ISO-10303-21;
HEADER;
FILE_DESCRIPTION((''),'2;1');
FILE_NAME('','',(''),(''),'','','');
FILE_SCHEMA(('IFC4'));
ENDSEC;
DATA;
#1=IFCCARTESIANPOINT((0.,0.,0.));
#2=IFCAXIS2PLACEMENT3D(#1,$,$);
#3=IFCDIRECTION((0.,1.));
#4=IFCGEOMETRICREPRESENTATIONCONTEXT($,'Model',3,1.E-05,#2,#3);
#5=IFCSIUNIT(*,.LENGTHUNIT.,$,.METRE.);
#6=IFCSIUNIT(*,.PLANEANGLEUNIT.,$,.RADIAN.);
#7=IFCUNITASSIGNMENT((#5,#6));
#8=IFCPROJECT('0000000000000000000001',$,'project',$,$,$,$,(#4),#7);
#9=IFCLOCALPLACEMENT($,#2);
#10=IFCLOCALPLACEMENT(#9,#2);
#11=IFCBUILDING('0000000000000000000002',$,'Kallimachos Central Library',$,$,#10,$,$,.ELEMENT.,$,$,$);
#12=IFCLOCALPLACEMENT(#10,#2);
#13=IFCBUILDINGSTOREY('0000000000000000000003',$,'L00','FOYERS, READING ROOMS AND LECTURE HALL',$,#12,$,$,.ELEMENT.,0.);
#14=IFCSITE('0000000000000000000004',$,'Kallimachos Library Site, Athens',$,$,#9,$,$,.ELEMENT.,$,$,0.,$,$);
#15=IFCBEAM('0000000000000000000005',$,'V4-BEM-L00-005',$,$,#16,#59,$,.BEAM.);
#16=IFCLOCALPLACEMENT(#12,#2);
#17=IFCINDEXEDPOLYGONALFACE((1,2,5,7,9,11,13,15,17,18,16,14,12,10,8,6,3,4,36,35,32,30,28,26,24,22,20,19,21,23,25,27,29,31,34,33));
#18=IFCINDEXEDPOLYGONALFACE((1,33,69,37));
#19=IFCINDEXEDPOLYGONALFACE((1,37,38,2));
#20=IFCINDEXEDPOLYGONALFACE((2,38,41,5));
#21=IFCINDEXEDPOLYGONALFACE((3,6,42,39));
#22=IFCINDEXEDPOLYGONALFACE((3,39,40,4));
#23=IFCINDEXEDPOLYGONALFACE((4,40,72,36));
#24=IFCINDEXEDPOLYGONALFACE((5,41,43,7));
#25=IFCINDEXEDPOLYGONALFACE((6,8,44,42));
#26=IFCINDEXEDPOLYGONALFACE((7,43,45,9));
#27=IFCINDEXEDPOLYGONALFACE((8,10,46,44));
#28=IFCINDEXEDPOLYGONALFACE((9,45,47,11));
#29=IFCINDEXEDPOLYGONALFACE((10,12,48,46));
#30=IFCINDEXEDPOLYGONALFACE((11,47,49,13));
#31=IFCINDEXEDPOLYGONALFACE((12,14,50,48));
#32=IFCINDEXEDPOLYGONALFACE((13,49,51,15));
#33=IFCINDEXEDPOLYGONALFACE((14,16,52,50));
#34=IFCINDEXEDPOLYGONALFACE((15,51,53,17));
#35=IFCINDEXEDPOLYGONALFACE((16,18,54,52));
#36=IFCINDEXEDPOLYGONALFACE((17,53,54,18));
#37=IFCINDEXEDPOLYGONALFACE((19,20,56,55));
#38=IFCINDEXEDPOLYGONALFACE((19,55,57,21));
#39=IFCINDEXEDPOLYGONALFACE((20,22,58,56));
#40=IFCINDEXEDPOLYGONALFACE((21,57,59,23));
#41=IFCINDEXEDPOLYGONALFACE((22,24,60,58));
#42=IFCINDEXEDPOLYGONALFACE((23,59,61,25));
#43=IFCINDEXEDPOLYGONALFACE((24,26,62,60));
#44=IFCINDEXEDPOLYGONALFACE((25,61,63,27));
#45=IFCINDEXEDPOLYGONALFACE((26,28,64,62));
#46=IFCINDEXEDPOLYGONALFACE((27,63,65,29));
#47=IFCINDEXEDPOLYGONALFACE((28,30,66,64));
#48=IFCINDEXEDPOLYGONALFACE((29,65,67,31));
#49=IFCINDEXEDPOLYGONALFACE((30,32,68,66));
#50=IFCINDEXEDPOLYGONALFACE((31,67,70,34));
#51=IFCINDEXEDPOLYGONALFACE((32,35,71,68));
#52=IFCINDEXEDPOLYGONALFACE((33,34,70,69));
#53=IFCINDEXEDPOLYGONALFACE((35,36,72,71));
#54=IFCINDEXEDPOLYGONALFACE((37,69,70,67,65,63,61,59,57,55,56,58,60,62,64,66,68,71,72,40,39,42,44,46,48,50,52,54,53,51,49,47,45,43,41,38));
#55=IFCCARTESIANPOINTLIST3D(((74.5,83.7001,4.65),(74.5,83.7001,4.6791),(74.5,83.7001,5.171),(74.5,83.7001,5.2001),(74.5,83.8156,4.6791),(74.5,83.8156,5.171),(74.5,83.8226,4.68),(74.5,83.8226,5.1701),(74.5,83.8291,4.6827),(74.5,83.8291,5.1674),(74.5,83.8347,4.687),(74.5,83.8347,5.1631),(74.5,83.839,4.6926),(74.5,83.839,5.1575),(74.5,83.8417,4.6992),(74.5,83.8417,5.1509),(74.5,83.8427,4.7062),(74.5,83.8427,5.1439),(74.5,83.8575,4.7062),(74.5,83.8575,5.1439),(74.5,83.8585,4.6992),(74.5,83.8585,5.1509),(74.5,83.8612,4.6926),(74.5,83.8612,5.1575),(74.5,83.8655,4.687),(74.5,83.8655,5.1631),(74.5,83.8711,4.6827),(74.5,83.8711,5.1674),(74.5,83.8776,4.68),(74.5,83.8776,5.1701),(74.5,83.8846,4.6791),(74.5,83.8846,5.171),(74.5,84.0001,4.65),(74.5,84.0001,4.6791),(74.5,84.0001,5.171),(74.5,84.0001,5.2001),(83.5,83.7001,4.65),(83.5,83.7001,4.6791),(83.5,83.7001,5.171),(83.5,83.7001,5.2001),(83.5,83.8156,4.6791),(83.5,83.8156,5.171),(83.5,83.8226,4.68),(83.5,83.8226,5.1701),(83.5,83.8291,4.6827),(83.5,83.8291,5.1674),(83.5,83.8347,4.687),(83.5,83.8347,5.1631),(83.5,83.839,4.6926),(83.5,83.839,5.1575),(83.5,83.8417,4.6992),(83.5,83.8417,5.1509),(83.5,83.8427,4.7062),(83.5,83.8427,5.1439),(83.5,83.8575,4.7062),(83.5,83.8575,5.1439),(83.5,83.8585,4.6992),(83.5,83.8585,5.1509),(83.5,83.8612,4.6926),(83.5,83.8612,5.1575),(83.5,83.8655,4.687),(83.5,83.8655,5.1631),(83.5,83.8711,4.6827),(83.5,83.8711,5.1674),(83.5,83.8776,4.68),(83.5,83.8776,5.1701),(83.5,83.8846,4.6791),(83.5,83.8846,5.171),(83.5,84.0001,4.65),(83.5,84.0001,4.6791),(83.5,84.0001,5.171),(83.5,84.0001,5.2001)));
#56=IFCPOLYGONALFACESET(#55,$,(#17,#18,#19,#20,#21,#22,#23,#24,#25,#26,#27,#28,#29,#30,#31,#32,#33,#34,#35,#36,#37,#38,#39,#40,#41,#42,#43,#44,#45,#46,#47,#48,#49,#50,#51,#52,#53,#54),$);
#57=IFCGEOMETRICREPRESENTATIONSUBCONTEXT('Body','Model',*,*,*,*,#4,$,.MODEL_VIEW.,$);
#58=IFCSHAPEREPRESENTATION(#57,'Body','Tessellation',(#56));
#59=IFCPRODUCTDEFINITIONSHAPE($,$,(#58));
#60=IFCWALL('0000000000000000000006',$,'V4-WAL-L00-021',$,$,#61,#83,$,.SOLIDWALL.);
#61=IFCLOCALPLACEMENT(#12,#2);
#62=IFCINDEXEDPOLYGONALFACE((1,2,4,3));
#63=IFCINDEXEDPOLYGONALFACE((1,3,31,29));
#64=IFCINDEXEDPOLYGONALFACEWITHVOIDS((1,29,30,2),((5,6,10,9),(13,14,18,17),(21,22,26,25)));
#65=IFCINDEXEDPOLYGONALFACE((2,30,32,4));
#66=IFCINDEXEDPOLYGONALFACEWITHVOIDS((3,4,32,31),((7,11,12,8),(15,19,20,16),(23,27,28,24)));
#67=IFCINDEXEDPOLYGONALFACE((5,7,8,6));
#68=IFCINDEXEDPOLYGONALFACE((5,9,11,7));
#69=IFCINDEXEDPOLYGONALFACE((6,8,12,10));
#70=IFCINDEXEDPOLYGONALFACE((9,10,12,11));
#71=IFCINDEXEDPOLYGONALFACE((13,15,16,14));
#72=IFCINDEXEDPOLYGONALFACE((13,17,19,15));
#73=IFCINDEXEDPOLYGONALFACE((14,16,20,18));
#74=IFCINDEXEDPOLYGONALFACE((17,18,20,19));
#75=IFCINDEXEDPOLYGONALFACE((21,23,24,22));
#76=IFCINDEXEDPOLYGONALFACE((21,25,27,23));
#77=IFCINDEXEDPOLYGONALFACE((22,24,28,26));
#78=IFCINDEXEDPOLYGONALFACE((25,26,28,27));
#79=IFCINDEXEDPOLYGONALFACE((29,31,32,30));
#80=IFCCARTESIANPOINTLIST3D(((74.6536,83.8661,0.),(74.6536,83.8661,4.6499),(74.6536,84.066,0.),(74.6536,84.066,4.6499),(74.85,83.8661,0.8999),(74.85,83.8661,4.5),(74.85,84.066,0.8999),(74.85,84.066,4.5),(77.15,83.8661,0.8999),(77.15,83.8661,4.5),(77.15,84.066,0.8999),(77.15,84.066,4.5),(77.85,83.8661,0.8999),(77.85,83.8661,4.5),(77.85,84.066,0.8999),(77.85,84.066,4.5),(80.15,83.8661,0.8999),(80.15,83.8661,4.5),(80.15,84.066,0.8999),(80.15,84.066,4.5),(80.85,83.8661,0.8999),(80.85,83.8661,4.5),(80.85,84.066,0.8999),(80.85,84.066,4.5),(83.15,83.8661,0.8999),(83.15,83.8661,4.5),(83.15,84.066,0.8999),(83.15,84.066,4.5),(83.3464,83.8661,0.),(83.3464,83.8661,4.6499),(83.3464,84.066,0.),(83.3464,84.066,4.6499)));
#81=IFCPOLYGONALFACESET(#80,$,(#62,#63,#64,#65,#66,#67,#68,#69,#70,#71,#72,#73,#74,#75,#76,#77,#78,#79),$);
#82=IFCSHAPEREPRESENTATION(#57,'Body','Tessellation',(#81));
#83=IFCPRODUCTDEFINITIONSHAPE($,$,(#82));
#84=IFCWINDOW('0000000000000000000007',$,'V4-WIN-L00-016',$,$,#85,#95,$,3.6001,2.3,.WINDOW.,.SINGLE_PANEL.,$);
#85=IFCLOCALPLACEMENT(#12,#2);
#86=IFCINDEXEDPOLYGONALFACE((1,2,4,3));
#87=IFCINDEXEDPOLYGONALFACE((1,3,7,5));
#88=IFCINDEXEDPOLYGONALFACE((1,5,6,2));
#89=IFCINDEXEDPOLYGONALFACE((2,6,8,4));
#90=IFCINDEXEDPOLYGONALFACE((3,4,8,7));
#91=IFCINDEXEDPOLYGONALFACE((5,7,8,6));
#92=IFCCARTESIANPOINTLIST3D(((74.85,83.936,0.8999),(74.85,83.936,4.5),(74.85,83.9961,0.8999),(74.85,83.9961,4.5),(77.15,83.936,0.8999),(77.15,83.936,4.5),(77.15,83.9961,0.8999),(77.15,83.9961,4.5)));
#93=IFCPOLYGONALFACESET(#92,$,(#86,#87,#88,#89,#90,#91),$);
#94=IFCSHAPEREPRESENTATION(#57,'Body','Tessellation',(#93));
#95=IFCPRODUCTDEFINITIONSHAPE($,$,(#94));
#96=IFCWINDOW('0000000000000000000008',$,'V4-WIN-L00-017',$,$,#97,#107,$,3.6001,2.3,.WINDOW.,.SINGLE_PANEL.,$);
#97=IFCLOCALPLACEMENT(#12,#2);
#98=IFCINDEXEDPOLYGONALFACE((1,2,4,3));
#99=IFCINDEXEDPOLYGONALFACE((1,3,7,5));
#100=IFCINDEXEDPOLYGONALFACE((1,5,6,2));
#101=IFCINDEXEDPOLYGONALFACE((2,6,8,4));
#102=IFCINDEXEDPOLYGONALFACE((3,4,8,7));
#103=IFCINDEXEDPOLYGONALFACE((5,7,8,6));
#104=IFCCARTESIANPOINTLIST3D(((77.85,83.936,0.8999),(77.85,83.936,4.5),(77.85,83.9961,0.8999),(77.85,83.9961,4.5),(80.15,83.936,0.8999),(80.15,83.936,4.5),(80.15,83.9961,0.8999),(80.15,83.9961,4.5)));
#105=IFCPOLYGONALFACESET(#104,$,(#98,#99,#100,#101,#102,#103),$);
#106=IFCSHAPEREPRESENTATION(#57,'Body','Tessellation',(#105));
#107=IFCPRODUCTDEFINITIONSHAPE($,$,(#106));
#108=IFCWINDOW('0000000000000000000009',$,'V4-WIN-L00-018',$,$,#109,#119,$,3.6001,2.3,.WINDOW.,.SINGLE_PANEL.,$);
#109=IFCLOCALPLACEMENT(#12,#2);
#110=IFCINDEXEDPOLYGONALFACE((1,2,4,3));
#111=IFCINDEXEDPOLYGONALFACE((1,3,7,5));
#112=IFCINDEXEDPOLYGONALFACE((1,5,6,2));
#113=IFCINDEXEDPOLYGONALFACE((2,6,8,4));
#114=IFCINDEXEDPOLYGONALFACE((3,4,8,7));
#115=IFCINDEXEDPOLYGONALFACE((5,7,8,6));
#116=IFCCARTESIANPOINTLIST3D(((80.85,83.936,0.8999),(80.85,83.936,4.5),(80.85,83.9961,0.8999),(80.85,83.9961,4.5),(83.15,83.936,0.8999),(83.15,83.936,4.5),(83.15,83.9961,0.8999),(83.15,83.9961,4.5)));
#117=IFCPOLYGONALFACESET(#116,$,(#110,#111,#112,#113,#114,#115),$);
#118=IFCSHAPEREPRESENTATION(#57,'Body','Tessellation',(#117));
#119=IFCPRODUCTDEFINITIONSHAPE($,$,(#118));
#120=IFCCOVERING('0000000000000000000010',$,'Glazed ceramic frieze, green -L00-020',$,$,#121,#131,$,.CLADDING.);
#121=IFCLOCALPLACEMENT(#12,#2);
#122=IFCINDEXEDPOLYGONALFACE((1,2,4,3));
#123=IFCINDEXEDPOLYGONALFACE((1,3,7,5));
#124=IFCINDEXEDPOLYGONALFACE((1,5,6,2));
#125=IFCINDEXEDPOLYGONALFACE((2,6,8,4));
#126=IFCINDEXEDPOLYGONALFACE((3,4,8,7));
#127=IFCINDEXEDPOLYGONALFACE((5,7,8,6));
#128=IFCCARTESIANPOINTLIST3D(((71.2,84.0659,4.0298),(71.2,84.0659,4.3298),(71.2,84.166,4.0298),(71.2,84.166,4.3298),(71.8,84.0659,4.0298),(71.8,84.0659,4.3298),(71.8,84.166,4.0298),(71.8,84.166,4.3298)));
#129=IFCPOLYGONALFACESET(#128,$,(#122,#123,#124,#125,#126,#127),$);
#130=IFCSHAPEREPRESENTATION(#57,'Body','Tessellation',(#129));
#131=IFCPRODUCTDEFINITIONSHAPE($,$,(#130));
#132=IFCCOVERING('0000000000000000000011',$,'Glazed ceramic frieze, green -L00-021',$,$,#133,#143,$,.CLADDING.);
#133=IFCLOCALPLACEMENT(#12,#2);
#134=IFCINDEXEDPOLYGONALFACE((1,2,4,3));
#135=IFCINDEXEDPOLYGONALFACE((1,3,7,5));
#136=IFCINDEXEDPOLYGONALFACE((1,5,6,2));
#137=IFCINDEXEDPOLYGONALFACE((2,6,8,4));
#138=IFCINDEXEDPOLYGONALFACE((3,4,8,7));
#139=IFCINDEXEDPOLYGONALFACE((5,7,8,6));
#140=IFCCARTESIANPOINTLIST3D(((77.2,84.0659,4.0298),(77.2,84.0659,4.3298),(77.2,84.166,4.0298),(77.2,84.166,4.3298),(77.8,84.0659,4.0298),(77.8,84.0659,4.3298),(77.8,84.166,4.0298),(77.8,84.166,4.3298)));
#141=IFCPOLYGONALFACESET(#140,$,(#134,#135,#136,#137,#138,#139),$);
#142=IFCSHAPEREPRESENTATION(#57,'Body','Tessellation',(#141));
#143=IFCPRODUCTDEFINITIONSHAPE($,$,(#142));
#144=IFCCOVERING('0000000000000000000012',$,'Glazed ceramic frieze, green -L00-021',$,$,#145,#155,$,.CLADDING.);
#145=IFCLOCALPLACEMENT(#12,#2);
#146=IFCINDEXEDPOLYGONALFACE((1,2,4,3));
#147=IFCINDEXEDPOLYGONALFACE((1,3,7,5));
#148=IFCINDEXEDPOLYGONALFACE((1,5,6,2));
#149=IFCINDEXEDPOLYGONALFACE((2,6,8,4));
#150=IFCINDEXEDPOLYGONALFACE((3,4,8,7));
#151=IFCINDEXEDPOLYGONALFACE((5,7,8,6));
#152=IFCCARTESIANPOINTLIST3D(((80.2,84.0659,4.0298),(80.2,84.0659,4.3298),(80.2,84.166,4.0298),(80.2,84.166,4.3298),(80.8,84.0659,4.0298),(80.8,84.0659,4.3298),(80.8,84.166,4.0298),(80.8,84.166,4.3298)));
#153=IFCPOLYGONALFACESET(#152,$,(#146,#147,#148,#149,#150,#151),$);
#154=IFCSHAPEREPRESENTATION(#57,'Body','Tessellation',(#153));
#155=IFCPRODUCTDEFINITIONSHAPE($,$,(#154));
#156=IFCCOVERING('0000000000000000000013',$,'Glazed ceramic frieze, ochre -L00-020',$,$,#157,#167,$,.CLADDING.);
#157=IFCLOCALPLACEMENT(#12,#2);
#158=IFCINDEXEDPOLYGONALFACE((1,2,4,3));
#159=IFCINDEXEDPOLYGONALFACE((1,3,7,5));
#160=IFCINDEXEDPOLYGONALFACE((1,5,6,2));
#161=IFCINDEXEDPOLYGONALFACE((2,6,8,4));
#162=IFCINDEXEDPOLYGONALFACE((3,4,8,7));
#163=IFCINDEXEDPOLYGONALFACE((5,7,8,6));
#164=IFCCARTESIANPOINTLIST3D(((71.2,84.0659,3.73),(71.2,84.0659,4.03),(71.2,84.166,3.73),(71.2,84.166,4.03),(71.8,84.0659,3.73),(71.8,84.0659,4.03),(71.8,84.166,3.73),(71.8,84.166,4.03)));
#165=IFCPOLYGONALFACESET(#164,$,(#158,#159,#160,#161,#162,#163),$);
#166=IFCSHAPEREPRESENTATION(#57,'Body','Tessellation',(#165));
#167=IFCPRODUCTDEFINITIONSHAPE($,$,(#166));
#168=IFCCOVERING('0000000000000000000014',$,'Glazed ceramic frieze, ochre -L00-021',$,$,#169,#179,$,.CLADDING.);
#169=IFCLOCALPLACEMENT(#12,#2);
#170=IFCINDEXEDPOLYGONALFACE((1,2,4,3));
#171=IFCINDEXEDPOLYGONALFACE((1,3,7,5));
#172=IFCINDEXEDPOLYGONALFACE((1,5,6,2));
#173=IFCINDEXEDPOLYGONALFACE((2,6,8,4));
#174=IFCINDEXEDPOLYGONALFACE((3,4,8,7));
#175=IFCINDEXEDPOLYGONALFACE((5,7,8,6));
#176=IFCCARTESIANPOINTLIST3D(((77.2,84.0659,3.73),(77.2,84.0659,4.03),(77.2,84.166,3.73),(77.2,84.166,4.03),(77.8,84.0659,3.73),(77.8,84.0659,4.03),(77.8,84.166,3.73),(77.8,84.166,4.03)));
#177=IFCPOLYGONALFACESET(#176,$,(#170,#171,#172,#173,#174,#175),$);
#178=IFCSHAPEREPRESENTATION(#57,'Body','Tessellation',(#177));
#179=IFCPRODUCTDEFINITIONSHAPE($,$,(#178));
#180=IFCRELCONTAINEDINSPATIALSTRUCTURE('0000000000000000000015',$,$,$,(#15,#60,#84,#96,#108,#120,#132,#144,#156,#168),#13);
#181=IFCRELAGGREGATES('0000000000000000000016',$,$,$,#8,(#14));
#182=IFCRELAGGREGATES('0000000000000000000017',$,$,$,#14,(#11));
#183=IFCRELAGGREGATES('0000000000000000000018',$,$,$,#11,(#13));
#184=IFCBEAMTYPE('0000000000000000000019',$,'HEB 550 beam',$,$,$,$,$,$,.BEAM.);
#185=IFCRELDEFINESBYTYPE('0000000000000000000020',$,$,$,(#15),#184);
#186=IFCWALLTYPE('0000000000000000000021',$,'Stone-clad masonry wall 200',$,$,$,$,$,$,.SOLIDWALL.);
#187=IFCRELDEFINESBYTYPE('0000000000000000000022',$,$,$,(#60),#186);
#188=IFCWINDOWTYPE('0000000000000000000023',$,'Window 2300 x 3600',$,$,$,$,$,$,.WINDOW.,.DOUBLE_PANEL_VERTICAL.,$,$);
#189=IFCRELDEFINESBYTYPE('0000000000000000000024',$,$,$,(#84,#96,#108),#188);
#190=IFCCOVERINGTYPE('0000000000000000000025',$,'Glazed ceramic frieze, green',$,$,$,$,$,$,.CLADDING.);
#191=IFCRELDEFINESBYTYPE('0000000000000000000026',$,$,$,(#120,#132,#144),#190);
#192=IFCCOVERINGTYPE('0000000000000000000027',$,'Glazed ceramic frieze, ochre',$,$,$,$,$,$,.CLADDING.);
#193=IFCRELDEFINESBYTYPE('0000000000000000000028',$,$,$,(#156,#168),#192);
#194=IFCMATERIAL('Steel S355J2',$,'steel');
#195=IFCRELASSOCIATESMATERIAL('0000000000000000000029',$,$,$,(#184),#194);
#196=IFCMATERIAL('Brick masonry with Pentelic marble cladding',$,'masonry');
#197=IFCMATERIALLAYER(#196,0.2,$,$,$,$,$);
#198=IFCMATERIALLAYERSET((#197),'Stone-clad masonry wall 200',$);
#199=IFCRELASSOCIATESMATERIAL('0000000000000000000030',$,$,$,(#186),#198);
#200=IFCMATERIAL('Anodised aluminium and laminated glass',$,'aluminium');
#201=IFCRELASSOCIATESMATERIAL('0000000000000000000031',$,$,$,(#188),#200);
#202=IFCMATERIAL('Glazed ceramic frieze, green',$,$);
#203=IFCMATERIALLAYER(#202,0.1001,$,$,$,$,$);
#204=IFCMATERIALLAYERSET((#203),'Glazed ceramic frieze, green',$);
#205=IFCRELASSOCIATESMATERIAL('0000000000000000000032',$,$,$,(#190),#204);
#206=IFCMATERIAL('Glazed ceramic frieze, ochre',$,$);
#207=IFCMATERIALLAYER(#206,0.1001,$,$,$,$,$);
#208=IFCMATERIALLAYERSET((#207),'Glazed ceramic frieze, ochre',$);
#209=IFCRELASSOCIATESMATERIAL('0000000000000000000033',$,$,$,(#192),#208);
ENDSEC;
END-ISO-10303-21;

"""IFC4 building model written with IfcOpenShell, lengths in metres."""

from ifc_helpers import new_model, si_unit, direction, frame, frame_2d, origin, origin_2d, place, context, subcontext, project, spatial, rectangle, i_section, extrude, material, layer, layer_set, material_profile, profile_set, type_object, element, fill, save


model = new_model("IFC4")

# Units and contexts
model_context = context("Model", 3, precision=1e-05, world=origin(), true_north=direction((0.0, 1.0)))
body_context = subcontext(model_context, "Body", "Model", "MODEL_VIEW")
ifc_project = project(units=[si_unit("LENGTHUNIT", "METRE"), si_unit("PLANEANGLEUNIT", "RADIAN")], contexts=[model_context])

# Site, building, storey
site_placement = place(None, origin())
site = spatial("IfcSite", under=ifc_project, at=site_placement, Name="Kallimachos Library Site, Athens", CompositionType="ELEMENT", RefElevation=0.0)
building_placement = place(site_placement, origin())
building = spatial("IfcBuilding", under=site, at=building_placement, Name="Kallimachos Central Library", CompositionType="ELEMENT")
storey_placement = place(building_placement, origin())
storey = spatial("IfcBuildingStorey", under=building, at=storey_placement, Name="L00", Description="FOYERS, READING ROOMS AND LECTURE HALL", CompositionType="ELEMENT", Elevation=0.0)

# Beam
ifc_material_1 = material(Name="Steel S355J2", Category="steel")
ifc_material_profile_1 = material_profile(ifc_material_1, i_section(OverallWidth=0.3, OverallDepth=0.55, WebThickness=0.0149, FlangeThickness=0.0291, FilletRadius=0.0271, at=origin_2d()), Name="HEB 550")
ifc_profile_set_1 = profile_set([ifc_material_profile_1], Name="Steel S355J2")
beam_type = type_object("IfcBeamType", Name="HEB 550 beam", PredefinedType="BEAM", material=ifc_profile_set_1)
beam_placement = place(storey_placement, frame((74.5, 83.8501, 4.925), z_axis=(1.0, 0.0, 0.0), x_axis=(0.0, 1.0, 0.0)))
element("IfcBeam", 1, at=beam_placement, inside=storey, type_object=beam_type, Name="V4-BEM-L00-005", PredefinedType="BEAM", context=body_context, shape_type="SweptSolid", body=[
    extrude(i_section(OverallWidth=0.3, OverallDepth=0.55, WebThickness=0.0149, FlangeThickness=0.0291, FilletRadius=0.0271, at=origin_2d()), origin(), (0.0, 0.0, 1.0), 9.0),
])

# Wall, openings, windows
ifc_material_2 = material(Name="Brick masonry with Pentelic marble cladding", Category="masonry")
ifc_layer_1 = layer(ifc_material_2, 0.2)
ifc_layer_set_1 = layer_set([ifc_layer_1], Name="Stone-clad masonry wall 200")
wall_type = type_object("IfcWallType", Name="Stone-clad masonry wall 200", PredefinedType="SOLIDWALL", material=ifc_layer_set_1)
wall_placement = place(storey_placement, frame((74.6536, 83.9661, 0.0), z_axis=(0.0, 0.0, 1.0), x_axis=(1.0, 0.0, 0.0)))
wall = element("IfcWall", 2, at=wall_placement, inside=storey, type_object=wall_type, Name="V4-WAL-L00-021", PredefinedType="SOLIDWALL", context=body_context, shape_type="SweptSolid", body=[
    extrude(rectangle(XDim=8.6929, YDim=0.2, at=frame_2d((4.3464, 0.0))), origin(), (0.0, 0.0, 1.0), 4.6499),
])
opening_1_placement = place(wall_placement, frame((0.1965, 0.0, 0.8999)))
opening_1 = element("IfcOpeningElement", 3, at=opening_1_placement, cuts=wall, PredefinedType="OPENING", context=body_context, shape_type="SweptSolid", body=[
    extrude(rectangle(XDim=2.3, YDim=3.6001, at=frame_2d((1.1499, 1.8))), frame((0.0, 0.1099, 0.0), z_axis=(0.0, -1.0, 0.0), x_axis=(1.0, 0.0, 0.0)), (0.0, 0.0, 1.0), 0.22),
])
opening_2_placement = place(wall_placement, frame((3.1965, 0.0, 0.8999)))
opening_2 = element("IfcOpeningElement", 4, at=opening_2_placement, cuts=wall, PredefinedType="OPENING", context=body_context, shape_type="SweptSolid", body=[
    extrude(rectangle(XDim=2.3, YDim=3.6001, at=frame_2d((1.1499, 1.8))), frame((0.0, 0.1099, 0.0), z_axis=(0.0, -1.0, 0.0), x_axis=(1.0, 0.0, 0.0)), (0.0, 0.0, 1.0), 0.22),
])
opening_3_placement = place(wall_placement, frame((6.1965, 0.0, 0.8999)))
opening_3 = element("IfcOpeningElement", 5, at=opening_3_placement, cuts=wall, PredefinedType="OPENING", context=body_context, shape_type="SweptSolid", body=[
    extrude(rectangle(XDim=2.3, YDim=3.6001, at=frame_2d((1.1499, 1.8))), frame((0.0, 0.1099, 0.0), z_axis=(0.0, -1.0, 0.0), x_axis=(1.0, 0.0, 0.0)), (0.0, 0.0, 1.0), 0.22),
])
ifc_material_3 = material(Name="Anodised aluminium and laminated glass", Category="aluminium")
window_type = type_object("IfcWindowType", Name="Window 2300 x 3600", PartitioningType="DOUBLE_PANEL_VERTICAL", PredefinedType="WINDOW", material=ifc_material_3)
window_1_placement = place(opening_1_placement, origin())
window_1 = element("IfcWindow", 6, at=window_1_placement, inside=storey, type_object=window_type, Name="V4-WIN-L00-016", OverallHeight=3.6001, OverallWidth=2.3, PartitioningType="SINGLE_PANEL", PredefinedType="WINDOW", context=body_context, shape_type="SweptSolid", body=[
    extrude(rectangle(XDim=2.3, YDim=3.6001, at=frame_2d((1.1499, 1.8))), frame((0.0, 0.03, 0.0), z_axis=(0.0, -1.0, 0.0), x_axis=(1.0, 0.0, 0.0)), (0.0, 0.0, 1.0), 0.0601),
])
fill(opening_1, window_1)
window_2_placement = place(opening_2_placement, origin())
window_2 = element("IfcWindow", 7, at=window_2_placement, inside=storey, type_object=window_type, Name="V4-WIN-L00-017", OverallHeight=3.6001, OverallWidth=2.3, PartitioningType="SINGLE_PANEL", PredefinedType="WINDOW", context=body_context, shape_type="SweptSolid", body=[
    extrude(rectangle(XDim=2.3, YDim=3.6001, at=frame_2d((1.1499, 1.8))), frame((0.0, 0.03, 0.0), z_axis=(0.0, -1.0, 0.0), x_axis=(1.0, 0.0, 0.0)), (0.0, 0.0, 1.0), 0.0601),
])
fill(opening_2, window_2)
window_3_placement = place(opening_3_placement, origin())
window_3 = element("IfcWindow", 8, at=window_3_placement, inside=storey, type_object=window_type, Name="V4-WIN-L00-018", OverallHeight=3.6001, OverallWidth=2.3, PartitioningType="SINGLE_PANEL", PredefinedType="WINDOW", context=body_context, shape_type="SweptSolid", body=[
    extrude(rectangle(XDim=2.3, YDim=3.6001, at=frame_2d((1.1499, 1.8))), frame((0.0, 0.03, 0.0), z_axis=(0.0, -1.0, 0.0), x_axis=(1.0, 0.0, 0.0)), (0.0, 0.0, 1.0), 0.0601),
])
fill(opening_3, window_3)

# Coverings
ifc_material_4 = material(Name="Glazed ceramic frieze, green")
ifc_layer_2 = layer(ifc_material_4, 0.1001)
ifc_layer_set_2 = layer_set([ifc_layer_2], Name="Glazed ceramic frieze, green")
covering_type_1 = type_object("IfcCoveringType", Name="Glazed ceramic frieze, green", PredefinedType="CLADDING", material=ifc_layer_set_2)
for number, where, z_axis, x_axis, name in (
    (9, (71.5, 84.116, 4.0298), (0.0, 0.0, 1.0), (1.0, 0.0, 0.0), "Glazed ceramic frieze, green -L00-020"),
    (10, (77.5, 84.116, 4.0298), (0.0, 0.0, 1.0), (1.0, 0.0, 0.0), "Glazed ceramic frieze, green -L00-021"),
    (11, (80.5, 84.116, 4.0298), (0.0, 0.0, 1.0), (1.0, 0.0, 0.0), "Glazed ceramic frieze, green -L00-021"),
):
    element("IfcCovering", number, at=place(storey_placement, frame(where, z_axis=z_axis, x_axis=x_axis)), inside=storey, type_object=covering_type_1, Name=name, PredefinedType="CLADDING", context=body_context, shape_type="SweptSolid", body=[
        extrude(rectangle(XDim=0.6001, YDim=0.1001, at=origin_2d()), origin(), (0.0, 0.0, 1.0), 0.3),
    ])
ifc_material_5 = material(Name="Glazed ceramic frieze, ochre")
ifc_layer_3 = layer(ifc_material_5, 0.1001)
ifc_layer_set_3 = layer_set([ifc_layer_3], Name="Glazed ceramic frieze, ochre")
covering_type_2 = type_object("IfcCoveringType", Name="Glazed ceramic frieze, ochre", PredefinedType="CLADDING", material=ifc_layer_set_3)
for number, where, z_axis, x_axis, name in (
    (12, (71.5, 84.116, 3.73), (0.0, 0.0, 1.0), (1.0, 0.0, 0.0), "Glazed ceramic frieze, ochre -L00-020"),
    (13, (77.5, 84.116, 3.73), (0.0, 0.0, 1.0), (1.0, 0.0, 0.0), "Glazed ceramic frieze, ochre -L00-021"),
):
    element("IfcCovering", number, at=place(storey_placement, frame(where, z_axis=z_axis, x_axis=x_axis)), inside=storey, type_object=covering_type_2, Name=name, PredefinedType="CLADDING", context=body_context, shape_type="SweptSolid", body=[
        extrude(rectangle(XDim=0.6001, YDim=0.1001, at=origin_2d()), origin(), (0.0, 0.0, 1.0), 0.3),
    ])

save(model, "model.ifc")
